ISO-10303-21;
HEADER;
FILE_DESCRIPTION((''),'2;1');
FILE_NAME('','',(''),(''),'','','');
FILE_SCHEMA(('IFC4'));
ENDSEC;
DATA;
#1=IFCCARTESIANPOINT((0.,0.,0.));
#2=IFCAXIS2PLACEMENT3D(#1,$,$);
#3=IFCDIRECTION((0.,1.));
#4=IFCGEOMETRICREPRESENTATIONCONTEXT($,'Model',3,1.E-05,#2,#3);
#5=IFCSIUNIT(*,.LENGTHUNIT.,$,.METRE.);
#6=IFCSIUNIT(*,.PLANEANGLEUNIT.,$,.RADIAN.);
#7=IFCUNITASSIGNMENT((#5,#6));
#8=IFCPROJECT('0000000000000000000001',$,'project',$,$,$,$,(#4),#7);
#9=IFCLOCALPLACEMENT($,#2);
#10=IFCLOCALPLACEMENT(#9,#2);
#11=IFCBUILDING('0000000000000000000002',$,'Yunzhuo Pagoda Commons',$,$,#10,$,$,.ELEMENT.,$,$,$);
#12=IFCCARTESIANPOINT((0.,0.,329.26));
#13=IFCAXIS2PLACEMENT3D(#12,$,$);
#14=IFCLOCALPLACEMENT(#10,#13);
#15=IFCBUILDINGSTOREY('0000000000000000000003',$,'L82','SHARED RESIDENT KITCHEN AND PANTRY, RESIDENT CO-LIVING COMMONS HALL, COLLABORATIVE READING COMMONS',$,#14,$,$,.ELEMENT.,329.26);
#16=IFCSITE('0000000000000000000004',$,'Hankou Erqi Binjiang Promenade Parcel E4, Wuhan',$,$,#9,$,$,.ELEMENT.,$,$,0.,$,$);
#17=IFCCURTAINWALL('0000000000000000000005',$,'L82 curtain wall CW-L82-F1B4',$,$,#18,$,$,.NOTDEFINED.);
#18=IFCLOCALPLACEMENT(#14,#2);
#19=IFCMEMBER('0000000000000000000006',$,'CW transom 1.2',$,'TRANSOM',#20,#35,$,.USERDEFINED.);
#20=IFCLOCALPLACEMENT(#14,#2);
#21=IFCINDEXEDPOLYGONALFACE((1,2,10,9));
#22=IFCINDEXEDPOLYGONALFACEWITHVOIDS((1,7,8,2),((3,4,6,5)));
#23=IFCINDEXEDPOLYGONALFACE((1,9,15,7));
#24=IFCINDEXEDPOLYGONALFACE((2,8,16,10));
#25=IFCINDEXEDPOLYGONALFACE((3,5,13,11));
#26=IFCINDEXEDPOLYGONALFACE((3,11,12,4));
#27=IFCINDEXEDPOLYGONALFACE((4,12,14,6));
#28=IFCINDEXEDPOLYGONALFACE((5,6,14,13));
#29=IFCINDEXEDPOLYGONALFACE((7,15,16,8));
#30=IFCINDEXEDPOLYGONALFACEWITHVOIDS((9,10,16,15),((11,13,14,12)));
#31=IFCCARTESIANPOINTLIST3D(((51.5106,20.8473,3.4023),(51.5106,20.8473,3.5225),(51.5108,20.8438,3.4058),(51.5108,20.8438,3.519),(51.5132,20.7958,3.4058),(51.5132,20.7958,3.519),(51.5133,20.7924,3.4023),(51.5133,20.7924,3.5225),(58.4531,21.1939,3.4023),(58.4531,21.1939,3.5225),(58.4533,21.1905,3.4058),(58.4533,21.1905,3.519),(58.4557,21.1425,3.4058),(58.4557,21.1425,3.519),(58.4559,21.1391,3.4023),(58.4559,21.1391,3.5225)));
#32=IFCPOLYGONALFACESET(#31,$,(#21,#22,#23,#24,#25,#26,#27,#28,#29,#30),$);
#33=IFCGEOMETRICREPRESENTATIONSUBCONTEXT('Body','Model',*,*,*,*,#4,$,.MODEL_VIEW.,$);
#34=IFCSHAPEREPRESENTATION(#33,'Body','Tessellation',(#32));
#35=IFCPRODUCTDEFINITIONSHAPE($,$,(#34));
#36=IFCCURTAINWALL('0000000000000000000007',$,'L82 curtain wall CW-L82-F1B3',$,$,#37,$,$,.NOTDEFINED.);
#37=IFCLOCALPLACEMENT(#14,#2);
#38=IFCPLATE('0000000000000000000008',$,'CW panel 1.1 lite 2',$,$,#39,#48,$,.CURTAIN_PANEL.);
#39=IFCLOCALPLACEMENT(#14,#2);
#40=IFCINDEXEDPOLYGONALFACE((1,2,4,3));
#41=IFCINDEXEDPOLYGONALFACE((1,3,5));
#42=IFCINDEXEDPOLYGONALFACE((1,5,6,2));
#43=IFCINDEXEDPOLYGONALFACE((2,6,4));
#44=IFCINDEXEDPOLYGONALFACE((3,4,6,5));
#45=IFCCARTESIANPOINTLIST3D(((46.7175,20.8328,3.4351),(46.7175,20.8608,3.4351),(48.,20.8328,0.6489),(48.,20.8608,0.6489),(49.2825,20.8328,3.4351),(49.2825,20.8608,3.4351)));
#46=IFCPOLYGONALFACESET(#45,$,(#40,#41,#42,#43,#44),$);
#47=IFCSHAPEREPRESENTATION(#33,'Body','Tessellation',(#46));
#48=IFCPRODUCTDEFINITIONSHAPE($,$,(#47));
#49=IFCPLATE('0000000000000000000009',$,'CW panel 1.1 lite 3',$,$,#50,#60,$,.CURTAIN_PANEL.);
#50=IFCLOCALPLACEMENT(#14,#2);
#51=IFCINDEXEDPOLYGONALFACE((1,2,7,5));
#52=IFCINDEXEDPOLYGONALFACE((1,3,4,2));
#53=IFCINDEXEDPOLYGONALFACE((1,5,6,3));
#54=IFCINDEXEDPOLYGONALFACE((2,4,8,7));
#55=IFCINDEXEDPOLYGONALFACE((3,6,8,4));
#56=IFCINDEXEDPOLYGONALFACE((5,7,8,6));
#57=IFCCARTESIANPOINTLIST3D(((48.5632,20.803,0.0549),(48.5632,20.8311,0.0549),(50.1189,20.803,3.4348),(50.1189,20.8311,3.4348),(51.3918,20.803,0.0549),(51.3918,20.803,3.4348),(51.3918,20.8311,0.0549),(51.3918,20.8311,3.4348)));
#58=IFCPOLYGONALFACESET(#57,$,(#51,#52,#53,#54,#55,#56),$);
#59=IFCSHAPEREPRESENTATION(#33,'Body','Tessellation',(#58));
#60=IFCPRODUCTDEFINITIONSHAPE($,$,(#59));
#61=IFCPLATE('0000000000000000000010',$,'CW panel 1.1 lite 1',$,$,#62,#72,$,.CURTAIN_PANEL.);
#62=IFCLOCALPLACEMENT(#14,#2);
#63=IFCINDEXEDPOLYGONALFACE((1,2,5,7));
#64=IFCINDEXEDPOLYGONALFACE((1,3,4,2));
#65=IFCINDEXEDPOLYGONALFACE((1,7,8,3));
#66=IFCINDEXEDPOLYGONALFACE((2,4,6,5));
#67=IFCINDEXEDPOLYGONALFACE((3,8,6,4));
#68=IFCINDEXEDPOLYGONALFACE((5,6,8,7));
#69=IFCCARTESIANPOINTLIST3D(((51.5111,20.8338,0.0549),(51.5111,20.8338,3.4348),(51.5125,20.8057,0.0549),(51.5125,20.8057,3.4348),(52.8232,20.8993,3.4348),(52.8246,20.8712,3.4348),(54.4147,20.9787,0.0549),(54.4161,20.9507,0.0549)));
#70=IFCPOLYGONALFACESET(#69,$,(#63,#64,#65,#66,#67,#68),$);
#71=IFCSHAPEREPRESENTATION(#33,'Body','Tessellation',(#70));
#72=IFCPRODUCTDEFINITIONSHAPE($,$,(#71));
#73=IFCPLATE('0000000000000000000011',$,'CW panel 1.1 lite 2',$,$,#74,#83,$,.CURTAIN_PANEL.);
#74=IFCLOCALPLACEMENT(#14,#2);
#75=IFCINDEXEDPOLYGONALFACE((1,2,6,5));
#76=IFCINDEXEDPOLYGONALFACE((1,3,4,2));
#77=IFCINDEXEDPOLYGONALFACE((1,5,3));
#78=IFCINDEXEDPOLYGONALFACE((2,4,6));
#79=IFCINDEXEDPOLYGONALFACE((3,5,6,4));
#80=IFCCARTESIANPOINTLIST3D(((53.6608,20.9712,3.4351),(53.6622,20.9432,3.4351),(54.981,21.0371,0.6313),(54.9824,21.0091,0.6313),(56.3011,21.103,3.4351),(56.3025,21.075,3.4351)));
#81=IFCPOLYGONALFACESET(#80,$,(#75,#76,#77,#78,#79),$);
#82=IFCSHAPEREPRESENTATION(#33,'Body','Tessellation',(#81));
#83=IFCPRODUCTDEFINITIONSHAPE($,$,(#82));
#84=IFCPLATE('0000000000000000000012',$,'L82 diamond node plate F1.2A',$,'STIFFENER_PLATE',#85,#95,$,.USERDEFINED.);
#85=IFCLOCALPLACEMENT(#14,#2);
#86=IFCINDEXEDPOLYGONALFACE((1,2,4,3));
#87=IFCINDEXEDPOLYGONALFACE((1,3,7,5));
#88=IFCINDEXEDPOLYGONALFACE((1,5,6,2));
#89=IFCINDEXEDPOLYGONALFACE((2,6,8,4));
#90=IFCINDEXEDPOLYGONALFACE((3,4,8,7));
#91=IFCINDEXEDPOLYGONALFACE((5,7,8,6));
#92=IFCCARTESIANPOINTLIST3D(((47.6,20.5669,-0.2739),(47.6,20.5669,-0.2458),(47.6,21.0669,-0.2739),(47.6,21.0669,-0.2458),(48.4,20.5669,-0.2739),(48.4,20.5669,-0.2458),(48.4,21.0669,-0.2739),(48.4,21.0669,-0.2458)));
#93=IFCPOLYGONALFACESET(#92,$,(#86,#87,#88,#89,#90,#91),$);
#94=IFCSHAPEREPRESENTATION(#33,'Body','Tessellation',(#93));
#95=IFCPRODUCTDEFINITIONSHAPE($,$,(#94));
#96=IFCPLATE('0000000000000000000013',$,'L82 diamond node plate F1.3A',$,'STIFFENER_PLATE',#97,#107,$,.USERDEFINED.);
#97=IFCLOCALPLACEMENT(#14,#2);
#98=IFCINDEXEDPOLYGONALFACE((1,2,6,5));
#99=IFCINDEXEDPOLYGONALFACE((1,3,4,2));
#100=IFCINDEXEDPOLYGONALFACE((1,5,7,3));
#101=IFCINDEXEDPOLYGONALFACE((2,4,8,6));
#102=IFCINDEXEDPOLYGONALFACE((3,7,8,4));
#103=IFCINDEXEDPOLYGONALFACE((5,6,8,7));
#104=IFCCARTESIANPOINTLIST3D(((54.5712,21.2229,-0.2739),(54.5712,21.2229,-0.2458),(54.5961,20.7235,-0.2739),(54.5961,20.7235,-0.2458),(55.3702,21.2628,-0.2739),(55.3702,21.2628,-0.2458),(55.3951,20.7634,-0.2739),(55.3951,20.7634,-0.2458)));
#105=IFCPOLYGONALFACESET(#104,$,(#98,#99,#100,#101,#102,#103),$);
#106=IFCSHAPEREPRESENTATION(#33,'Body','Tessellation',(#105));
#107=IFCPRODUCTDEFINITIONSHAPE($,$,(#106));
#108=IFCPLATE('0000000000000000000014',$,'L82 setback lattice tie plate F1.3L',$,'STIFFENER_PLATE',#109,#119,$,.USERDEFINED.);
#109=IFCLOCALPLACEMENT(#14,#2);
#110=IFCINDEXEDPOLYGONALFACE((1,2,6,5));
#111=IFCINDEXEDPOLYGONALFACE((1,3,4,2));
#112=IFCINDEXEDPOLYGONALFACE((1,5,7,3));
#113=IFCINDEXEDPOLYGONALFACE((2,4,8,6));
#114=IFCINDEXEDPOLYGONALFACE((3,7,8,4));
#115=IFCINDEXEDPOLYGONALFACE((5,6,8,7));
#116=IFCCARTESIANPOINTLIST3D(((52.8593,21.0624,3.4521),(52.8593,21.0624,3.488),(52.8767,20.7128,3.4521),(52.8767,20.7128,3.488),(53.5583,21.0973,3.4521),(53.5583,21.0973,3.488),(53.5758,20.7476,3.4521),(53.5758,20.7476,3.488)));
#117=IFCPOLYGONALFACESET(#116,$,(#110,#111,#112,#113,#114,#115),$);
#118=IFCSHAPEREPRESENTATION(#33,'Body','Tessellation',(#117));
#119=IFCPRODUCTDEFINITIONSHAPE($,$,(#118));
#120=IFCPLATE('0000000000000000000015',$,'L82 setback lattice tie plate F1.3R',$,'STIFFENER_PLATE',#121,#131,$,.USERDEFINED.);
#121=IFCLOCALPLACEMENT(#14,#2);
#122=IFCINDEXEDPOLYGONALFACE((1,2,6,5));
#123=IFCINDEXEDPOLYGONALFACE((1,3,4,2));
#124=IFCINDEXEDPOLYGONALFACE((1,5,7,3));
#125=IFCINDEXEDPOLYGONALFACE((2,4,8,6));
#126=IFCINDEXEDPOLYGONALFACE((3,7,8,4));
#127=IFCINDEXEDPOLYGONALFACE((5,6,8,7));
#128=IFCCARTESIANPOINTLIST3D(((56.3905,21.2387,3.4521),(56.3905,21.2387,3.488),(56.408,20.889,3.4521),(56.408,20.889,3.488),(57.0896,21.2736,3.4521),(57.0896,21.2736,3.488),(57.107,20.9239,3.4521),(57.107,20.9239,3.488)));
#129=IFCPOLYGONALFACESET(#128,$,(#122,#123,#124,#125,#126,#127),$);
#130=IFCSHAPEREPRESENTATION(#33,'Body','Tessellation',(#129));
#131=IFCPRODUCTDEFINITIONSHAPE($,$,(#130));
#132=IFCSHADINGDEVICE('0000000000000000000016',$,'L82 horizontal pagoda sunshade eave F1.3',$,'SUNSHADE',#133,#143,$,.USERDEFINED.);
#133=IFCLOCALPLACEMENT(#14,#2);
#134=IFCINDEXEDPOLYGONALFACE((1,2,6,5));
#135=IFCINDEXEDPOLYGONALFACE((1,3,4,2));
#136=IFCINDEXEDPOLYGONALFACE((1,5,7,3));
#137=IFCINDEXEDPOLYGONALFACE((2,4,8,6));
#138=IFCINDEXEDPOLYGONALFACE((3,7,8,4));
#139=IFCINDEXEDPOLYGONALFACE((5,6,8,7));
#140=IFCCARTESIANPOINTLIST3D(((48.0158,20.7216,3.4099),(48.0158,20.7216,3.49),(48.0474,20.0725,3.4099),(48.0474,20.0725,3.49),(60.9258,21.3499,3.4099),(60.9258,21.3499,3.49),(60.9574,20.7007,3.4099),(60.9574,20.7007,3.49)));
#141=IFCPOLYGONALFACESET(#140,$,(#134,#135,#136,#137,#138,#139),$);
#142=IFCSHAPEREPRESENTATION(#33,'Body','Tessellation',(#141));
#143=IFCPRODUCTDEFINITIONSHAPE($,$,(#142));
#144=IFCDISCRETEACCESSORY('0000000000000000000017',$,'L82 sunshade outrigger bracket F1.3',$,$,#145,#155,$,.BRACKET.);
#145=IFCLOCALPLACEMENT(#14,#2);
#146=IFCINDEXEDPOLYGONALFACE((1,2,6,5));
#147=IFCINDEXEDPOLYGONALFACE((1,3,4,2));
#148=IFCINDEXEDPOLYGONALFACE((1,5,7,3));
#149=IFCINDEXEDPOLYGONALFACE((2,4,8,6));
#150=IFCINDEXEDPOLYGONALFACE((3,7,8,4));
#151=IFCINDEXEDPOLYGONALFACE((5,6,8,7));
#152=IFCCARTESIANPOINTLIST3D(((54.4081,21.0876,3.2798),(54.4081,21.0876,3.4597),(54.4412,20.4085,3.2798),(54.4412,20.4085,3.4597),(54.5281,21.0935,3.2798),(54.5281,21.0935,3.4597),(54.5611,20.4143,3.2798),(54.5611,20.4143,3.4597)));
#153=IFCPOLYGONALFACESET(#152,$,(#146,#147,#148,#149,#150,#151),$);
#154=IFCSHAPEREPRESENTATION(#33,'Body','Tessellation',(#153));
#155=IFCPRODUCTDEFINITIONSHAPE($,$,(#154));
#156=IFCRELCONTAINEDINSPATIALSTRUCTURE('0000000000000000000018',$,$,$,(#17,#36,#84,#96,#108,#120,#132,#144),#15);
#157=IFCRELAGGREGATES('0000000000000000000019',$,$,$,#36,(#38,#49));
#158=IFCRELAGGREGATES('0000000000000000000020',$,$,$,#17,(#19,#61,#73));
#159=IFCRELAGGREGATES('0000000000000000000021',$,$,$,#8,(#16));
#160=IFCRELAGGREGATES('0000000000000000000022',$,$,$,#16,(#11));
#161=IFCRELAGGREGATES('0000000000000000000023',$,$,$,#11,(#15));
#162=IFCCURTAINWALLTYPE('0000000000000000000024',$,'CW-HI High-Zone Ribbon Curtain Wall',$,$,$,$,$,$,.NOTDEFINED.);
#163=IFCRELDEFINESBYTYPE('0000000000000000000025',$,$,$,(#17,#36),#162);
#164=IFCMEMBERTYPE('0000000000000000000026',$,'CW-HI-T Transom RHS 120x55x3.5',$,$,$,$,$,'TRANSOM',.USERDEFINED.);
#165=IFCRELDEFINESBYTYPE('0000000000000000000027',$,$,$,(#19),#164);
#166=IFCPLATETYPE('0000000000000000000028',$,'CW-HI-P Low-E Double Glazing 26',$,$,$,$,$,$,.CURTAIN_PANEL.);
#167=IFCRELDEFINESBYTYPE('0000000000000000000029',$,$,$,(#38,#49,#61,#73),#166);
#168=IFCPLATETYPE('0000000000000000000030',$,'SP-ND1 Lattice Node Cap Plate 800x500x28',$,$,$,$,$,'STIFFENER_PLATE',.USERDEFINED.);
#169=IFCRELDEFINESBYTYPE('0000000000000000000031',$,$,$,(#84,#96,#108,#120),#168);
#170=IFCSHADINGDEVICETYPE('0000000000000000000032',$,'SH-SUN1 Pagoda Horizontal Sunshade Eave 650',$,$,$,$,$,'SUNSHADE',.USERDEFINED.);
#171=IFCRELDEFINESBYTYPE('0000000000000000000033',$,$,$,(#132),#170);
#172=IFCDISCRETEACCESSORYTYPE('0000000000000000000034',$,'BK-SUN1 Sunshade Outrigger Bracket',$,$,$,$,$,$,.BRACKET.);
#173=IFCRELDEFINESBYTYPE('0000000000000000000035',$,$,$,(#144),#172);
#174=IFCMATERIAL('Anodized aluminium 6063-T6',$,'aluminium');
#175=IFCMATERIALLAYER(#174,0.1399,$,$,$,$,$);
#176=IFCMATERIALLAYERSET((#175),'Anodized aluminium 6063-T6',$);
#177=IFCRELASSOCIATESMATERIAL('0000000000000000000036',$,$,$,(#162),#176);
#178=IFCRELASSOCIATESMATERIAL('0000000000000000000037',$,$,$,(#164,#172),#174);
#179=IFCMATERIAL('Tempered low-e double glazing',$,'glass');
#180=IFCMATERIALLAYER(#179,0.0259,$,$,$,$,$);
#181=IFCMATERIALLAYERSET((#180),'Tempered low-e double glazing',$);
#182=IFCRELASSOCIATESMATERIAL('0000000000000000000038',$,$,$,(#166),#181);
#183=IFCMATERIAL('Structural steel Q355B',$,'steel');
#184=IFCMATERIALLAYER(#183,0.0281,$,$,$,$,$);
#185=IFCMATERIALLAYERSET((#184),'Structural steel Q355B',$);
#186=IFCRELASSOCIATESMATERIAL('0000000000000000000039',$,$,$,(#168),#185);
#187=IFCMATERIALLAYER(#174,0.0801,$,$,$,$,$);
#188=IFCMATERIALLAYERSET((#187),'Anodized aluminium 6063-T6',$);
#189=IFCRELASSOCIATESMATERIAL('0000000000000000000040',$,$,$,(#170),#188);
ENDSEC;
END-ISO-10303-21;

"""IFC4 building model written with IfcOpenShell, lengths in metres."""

from ifc_helpers import new_model, si_unit, direction, frame, origin, origin_2d, place, context, subcontext, project, spatial, polyline, rectangle, hollow_rectangle, outline, extrude, source, transform, mapped, material, layer, layer_set, material_profile, profile_set, type_object, element, aggregate, save


model = new_model("IFC4")

# Units and contexts
model_context = context("Model", 3, precision=1e-05, world=origin(), true_north=direction((0.0, 1.0)))
body_context = subcontext(model_context, "Body", "Model", "MODEL_VIEW")
ifc_project = project(units=[si_unit("LENGTHUNIT", "METRE"), si_unit("PLANEANGLEUNIT", "RADIAN")], contexts=[model_context])

# Site, building, storey
site_placement = place(None, origin())
site = spatial("IfcSite", under=ifc_project, at=site_placement, Name="Hankou Erqi Binjiang Promenade Parcel E4, Wuhan", CompositionType="ELEMENT", RefElevation=0.0)
building_placement = place(site_placement, origin())
building = spatial("IfcBuilding", under=site, at=building_placement, Name="Yunzhuo Pagoda Commons", CompositionType="ELEMENT")
storey_placement = place(building_placement, frame((0.0, 0.0, 329.26)))
storey = spatial("IfcBuildingStorey", under=building, at=storey_placement, Name="L82", Description="SHARED RESIDENT KITCHEN AND PANTRY, RESIDENT CO-LIVING COMMONS HALL, COLLABORATIVE READING COMMONS", CompositionType="ELEMENT", Elevation=329.26)

# Shared definitions
ifc_material_1 = material(Name="Structural steel Q355B", Category="steel")

# Curtain wall, member
ifc_material_2 = material(Name="Anodized aluminium 6063-T6", Category="aluminium")
ifc_layer_1 = layer(ifc_material_2, 0.1399)
ifc_layer_set_1 = layer_set([ifc_layer_1], Name="Anodized aluminium 6063-T6")
curtain_wall_type = type_object("IfcCurtainWallType", Name="CW-HI High-Zone Ribbon Curtain Wall", PredefinedType="NOTDEFINED", material=ifc_layer_set_1)
curtain_wall_1_placement = place(storey_placement, origin())
curtain_wall_1 = element("IfcCurtainWall", 1, at=curtain_wall_1_placement, inside=storey, type_object=curtain_wall_type, Name="L82 curtain wall CW-L82-F1B4", PredefinedType="NOTDEFINED")
ifc_material_profile_1 = material_profile(ifc_material_2, hollow_rectangle(XDim=0.0549, YDim=0.1201, WallThickness=0.0034, at=origin_2d()), Name="Anodized aluminium 6063-T6")
ifc_profile_set_1 = profile_set([ifc_material_profile_1], Name="Anodized aluminium 6063-T6")
member_type_1 = type_object("IfcMemberType", Name="CW-HI-T Transom RHS 120x55x3.5", ElementType="TRANSOM", PredefinedType="USERDEFINED", material=ifc_profile_set_1)
shared_shape_1 = source(origin(), body_context, "Body", "SweptSolid", [
    extrude(hollow_rectangle(XDim=0.0549, YDim=0.1201, WallThickness=0.0034, at=origin_2d()), origin(), (0.0, 0.0, 1.0), 6.9512),
])
member_1_placement = place(storey_placement, frame((51.512, 20.8198, 3.4624), z_axis=(0.998756, 0.049873, 0.0), x_axis=(-0.049873, 0.998756, 0.0)))
member_1 = element("IfcMember", 2, at=member_1_placement, type_object=member_type_1, Name="CW transom 1.2", ObjectType="TRANSOM", PredefinedType="USERDEFINED", context=body_context, shape_type="MappedRepresentation", body=[
    mapped(shared_shape_1, transform((0.0, 0.0, 0.0), scale=1.0)),
])

# Curtain wall, plates
curtain_wall_2_placement = place(storey_placement, origin())
curtain_wall_2 = element("IfcCurtainWall", 3, at=curtain_wall_2_placement, inside=storey, type_object=curtain_wall_type, Name="L82 curtain wall CW-L82-F1B3", PredefinedType="NOTDEFINED")
ifc_material_3 = material(Name="Tempered low-e double glazing", Category="glass")
ifc_layer_2 = layer(ifc_material_3, 0.0259)
ifc_layer_set_2 = layer_set([ifc_layer_2], Name="Tempered low-e double glazing")
plate_type_1 = type_object("IfcPlateType", Name="CW-HI-P Low-E Double Glazing 26", PredefinedType="CURTAIN_PANEL", material=ifc_layer_set_2)
plate_1_placement = place(storey_placement, frame((48.0, 20.8608, 2.042), z_axis=(0.0, -1.0, 0.0), x_axis=(1.0, 0.0, 0.0)))
plate_1 = element("IfcPlate", 4, at=plate_1_placement, type_object=plate_type_1, Name="CW panel 1.1 lite 2", PredefinedType="CURTAIN_PANEL", context=body_context, shape_type="SweptSolid", body=[
    extrude(outline(polyline([(-1.2825, 1.3931), (0.0, -1.3931), (1.2825, 1.3931), (-1.2825, 1.3931)])), origin(), (0.0, 0.0, 1.0), 0.0281),
])
plate_2_placement = place(storey_placement, frame((49.9775, 20.8311, 1.7449), z_axis=(0.0, -1.0, 0.0), x_axis=(1.0, 0.0, 0.0)))
plate_2 = element("IfcPlate", 5, at=plate_2_placement, type_object=plate_type_1, Name="CW panel 1.1 lite 3", PredefinedType="CURTAIN_PANEL", context=body_context, shape_type="SweptSolid", body=[
    extrude(outline(polyline([(-1.4143, -1.6899), (1.4143, -1.6899), (1.4143, 1.6899), (0.1414, 1.6899), (-1.4143, -1.6899)])), origin(), (0.0, 0.0, 1.0), 0.0281),
])
aggregate(curtain_wall_2, [plate_1, plate_2])

# Plates
plate_3_placement = place(storey_placement, frame((52.9629, 20.9062, 1.7449), z_axis=(0.04985, -0.998757, 0.0), x_axis=(0.998757, 0.04985, 0.0)))
plate_3 = element("IfcPlate", 6, at=plate_3_placement, type_object=plate_type_1, Name="CW panel 1.1 lite 1", PredefinedType="CURTAIN_PANEL", context=body_context, shape_type="SweptSolid", body=[
    extrude(outline(polyline([(-1.4536, -1.6899), (1.4536, -1.6899), (-0.1399, 1.6899), (-1.4536, 1.6899), (-1.4536, -1.6899)])), origin(), (0.0, 0.0, 1.0), 0.0281),
])
plate_4_placement = place(storey_placement, frame((54.981, 21.0371, 2.0332), z_axis=(0.04985, -0.998757, 0.0), x_axis=(0.998757, 0.04985, 0.0)))
plate_4 = element("IfcPlate", 7, at=plate_4_placement, type_object=plate_type_1, Name="CW panel 1.1 lite 2", PredefinedType="CURTAIN_PANEL", context=body_context, shape_type="SweptSolid", body=[
    extrude(outline(polyline([(-1.3218, 1.4019), (0.0, -1.4019), (1.3218, 1.4019), (-1.3218, 1.4019)])), origin(), (0.0, 0.0, 1.0), 0.0281),
])
aggregate(curtain_wall_1, [member_1, plate_3, plate_4])

# Plates
ifc_layer_3 = layer(ifc_material_1, 0.0281)
ifc_layer_set_3 = layer_set([ifc_layer_3], Name="Structural steel Q355B")
plate_type_2 = type_object("IfcPlateType", Name="SP-ND1 Lattice Node Cap Plate 800x500x28", ElementType="STIFFENER_PLATE", PredefinedType="USERDEFINED", material=ifc_layer_set_3)
shared_shape_2 = source(origin(), body_context, "Body", "SweptSolid", [
    extrude(rectangle(XDim=0.8, YDim=0.5, at=origin_2d()), origin(), (0.0, 0.0, 1.0), 0.0281),
])
for number, where, z_axis, x_axis, name in (
    (8, (48.0, 20.8169, -0.2739), (0.0, 0.0, 1.0), (1.0, 0.0, 0.0), "L82 diamond node plate F1.2A"),
    (9, (54.9832, 20.9932, -0.2739), (0.0, 0.0, 1.0), (0.998757, 0.049843, 0.0), "L82 diamond node plate F1.3A"),
):
    element("IfcPlate", number, at=place(storey_placement, frame(where, z_axis=z_axis, x_axis=x_axis)), inside=storey, type_object=plate_type_2, Name=name, ObjectType="STIFFENER_PLATE", PredefinedType="USERDEFINED", context=body_context, shape_type="MappedRepresentation", body=[
        mapped(shared_shape_2, transform((0.0, 0.0, 0.0), scale=1.0)),
    ])
shared_shape_3 = source(origin(), body_context, "Body", "SweptSolid", [
    extrude(rectangle(XDim=0.7, YDim=0.3501, at=origin_2d()), origin(), (0.0, 0.0, 1.0), 0.0359),
])
for number, where, z_axis, x_axis, name in (
    (10, (53.2175, 20.905, 3.4521), (0.0, 0.0, 1.0), (0.998757, 0.049843, 0.0), "L82 setback lattice tie plate F1.3L"),
    (11, (56.7488, 21.0813, 3.4521), (0.0, 0.0, 1.0), (0.998757, 0.049843, 0.0), "L82 setback lattice tie plate F1.3R"),
):
    element("IfcPlate", number, at=place(storey_placement, frame(where, z_axis=z_axis, x_axis=x_axis)), inside=storey, type_object=plate_type_2, Name=name, ObjectType="STIFFENER_PLATE", PredefinedType="USERDEFINED", context=body_context, shape_type="MappedRepresentation", body=[
        mapped(shared_shape_3, transform((0.0, 0.0, 0.0), scale=1.0)),
    ])

# Shading device
ifc_layer_4 = layer(ifc_material_2, 0.0801)
ifc_layer_set_4 = layer_set([ifc_layer_4], Name="Anodized aluminium 6063-T6")
shading_device_type = type_object("IfcShadingDeviceType", Name="SH-SUN1 Pagoda Horizontal Sunshade Eave 650", ElementType="SUNSHADE", PredefinedType="USERDEFINED", material=ifc_layer_set_4)
shared_shape_4 = source(origin(), body_context, "Body", "SweptSolid", [
    extrude(rectangle(XDim=12.9253, YDim=0.6499, at=origin_2d()), origin(), (0.0, 0.0, 1.0), 0.0801),
])
shading_device_placement = place(storey_placement, frame((54.4866, 20.7112, 3.4099), z_axis=(0.0, 0.0, 1.0), x_axis=(0.998818, 0.048606, 0.0)))
element("IfcShadingDevice", 12, at=shading_device_placement, inside=storey, type_object=shading_device_type, Name="L82 horizontal pagoda sunshade eave F1.3", ObjectType="SUNSHADE", PredefinedType="USERDEFINED", context=body_context, shape_type="MappedRepresentation", body=[
    mapped(shared_shape_4, transform((0.0, 0.0, 0.0), scale=1.0)),
])

# Discrete accessory
discrete_accessory_type = type_object("IfcDiscreteAccessoryType", Name="BK-SUN1 Sunshade Outrigger Bracket", PredefinedType="BRACKET", material=ifc_material_2)
shared_shape_5 = source(origin(), body_context, "Body", "SweptSolid", [
    extrude(rectangle(XDim=0.1201, YDim=0.6799, at=origin_2d()), origin(), (0.0, 0.0, 1.0), 0.1799),
])
discrete_accessory_placement = place(storey_placement, frame((54.4846, 20.751, 3.2798), z_axis=(0.0, 0.0, 1.0), x_axis=(0.998818, 0.048606, 0.0)))
element("IfcDiscreteAccessory", 13, at=discrete_accessory_placement, inside=storey, type_object=discrete_accessory_type, Name="L82 sunshade outrigger bracket F1.3", PredefinedType="BRACKET", context=body_context, shape_type="MappedRepresentation", body=[
    mapped(shared_shape_5, transform((0.0, 0.0, 0.0), scale=1.0)),
])

save(model, "model.ifc")
